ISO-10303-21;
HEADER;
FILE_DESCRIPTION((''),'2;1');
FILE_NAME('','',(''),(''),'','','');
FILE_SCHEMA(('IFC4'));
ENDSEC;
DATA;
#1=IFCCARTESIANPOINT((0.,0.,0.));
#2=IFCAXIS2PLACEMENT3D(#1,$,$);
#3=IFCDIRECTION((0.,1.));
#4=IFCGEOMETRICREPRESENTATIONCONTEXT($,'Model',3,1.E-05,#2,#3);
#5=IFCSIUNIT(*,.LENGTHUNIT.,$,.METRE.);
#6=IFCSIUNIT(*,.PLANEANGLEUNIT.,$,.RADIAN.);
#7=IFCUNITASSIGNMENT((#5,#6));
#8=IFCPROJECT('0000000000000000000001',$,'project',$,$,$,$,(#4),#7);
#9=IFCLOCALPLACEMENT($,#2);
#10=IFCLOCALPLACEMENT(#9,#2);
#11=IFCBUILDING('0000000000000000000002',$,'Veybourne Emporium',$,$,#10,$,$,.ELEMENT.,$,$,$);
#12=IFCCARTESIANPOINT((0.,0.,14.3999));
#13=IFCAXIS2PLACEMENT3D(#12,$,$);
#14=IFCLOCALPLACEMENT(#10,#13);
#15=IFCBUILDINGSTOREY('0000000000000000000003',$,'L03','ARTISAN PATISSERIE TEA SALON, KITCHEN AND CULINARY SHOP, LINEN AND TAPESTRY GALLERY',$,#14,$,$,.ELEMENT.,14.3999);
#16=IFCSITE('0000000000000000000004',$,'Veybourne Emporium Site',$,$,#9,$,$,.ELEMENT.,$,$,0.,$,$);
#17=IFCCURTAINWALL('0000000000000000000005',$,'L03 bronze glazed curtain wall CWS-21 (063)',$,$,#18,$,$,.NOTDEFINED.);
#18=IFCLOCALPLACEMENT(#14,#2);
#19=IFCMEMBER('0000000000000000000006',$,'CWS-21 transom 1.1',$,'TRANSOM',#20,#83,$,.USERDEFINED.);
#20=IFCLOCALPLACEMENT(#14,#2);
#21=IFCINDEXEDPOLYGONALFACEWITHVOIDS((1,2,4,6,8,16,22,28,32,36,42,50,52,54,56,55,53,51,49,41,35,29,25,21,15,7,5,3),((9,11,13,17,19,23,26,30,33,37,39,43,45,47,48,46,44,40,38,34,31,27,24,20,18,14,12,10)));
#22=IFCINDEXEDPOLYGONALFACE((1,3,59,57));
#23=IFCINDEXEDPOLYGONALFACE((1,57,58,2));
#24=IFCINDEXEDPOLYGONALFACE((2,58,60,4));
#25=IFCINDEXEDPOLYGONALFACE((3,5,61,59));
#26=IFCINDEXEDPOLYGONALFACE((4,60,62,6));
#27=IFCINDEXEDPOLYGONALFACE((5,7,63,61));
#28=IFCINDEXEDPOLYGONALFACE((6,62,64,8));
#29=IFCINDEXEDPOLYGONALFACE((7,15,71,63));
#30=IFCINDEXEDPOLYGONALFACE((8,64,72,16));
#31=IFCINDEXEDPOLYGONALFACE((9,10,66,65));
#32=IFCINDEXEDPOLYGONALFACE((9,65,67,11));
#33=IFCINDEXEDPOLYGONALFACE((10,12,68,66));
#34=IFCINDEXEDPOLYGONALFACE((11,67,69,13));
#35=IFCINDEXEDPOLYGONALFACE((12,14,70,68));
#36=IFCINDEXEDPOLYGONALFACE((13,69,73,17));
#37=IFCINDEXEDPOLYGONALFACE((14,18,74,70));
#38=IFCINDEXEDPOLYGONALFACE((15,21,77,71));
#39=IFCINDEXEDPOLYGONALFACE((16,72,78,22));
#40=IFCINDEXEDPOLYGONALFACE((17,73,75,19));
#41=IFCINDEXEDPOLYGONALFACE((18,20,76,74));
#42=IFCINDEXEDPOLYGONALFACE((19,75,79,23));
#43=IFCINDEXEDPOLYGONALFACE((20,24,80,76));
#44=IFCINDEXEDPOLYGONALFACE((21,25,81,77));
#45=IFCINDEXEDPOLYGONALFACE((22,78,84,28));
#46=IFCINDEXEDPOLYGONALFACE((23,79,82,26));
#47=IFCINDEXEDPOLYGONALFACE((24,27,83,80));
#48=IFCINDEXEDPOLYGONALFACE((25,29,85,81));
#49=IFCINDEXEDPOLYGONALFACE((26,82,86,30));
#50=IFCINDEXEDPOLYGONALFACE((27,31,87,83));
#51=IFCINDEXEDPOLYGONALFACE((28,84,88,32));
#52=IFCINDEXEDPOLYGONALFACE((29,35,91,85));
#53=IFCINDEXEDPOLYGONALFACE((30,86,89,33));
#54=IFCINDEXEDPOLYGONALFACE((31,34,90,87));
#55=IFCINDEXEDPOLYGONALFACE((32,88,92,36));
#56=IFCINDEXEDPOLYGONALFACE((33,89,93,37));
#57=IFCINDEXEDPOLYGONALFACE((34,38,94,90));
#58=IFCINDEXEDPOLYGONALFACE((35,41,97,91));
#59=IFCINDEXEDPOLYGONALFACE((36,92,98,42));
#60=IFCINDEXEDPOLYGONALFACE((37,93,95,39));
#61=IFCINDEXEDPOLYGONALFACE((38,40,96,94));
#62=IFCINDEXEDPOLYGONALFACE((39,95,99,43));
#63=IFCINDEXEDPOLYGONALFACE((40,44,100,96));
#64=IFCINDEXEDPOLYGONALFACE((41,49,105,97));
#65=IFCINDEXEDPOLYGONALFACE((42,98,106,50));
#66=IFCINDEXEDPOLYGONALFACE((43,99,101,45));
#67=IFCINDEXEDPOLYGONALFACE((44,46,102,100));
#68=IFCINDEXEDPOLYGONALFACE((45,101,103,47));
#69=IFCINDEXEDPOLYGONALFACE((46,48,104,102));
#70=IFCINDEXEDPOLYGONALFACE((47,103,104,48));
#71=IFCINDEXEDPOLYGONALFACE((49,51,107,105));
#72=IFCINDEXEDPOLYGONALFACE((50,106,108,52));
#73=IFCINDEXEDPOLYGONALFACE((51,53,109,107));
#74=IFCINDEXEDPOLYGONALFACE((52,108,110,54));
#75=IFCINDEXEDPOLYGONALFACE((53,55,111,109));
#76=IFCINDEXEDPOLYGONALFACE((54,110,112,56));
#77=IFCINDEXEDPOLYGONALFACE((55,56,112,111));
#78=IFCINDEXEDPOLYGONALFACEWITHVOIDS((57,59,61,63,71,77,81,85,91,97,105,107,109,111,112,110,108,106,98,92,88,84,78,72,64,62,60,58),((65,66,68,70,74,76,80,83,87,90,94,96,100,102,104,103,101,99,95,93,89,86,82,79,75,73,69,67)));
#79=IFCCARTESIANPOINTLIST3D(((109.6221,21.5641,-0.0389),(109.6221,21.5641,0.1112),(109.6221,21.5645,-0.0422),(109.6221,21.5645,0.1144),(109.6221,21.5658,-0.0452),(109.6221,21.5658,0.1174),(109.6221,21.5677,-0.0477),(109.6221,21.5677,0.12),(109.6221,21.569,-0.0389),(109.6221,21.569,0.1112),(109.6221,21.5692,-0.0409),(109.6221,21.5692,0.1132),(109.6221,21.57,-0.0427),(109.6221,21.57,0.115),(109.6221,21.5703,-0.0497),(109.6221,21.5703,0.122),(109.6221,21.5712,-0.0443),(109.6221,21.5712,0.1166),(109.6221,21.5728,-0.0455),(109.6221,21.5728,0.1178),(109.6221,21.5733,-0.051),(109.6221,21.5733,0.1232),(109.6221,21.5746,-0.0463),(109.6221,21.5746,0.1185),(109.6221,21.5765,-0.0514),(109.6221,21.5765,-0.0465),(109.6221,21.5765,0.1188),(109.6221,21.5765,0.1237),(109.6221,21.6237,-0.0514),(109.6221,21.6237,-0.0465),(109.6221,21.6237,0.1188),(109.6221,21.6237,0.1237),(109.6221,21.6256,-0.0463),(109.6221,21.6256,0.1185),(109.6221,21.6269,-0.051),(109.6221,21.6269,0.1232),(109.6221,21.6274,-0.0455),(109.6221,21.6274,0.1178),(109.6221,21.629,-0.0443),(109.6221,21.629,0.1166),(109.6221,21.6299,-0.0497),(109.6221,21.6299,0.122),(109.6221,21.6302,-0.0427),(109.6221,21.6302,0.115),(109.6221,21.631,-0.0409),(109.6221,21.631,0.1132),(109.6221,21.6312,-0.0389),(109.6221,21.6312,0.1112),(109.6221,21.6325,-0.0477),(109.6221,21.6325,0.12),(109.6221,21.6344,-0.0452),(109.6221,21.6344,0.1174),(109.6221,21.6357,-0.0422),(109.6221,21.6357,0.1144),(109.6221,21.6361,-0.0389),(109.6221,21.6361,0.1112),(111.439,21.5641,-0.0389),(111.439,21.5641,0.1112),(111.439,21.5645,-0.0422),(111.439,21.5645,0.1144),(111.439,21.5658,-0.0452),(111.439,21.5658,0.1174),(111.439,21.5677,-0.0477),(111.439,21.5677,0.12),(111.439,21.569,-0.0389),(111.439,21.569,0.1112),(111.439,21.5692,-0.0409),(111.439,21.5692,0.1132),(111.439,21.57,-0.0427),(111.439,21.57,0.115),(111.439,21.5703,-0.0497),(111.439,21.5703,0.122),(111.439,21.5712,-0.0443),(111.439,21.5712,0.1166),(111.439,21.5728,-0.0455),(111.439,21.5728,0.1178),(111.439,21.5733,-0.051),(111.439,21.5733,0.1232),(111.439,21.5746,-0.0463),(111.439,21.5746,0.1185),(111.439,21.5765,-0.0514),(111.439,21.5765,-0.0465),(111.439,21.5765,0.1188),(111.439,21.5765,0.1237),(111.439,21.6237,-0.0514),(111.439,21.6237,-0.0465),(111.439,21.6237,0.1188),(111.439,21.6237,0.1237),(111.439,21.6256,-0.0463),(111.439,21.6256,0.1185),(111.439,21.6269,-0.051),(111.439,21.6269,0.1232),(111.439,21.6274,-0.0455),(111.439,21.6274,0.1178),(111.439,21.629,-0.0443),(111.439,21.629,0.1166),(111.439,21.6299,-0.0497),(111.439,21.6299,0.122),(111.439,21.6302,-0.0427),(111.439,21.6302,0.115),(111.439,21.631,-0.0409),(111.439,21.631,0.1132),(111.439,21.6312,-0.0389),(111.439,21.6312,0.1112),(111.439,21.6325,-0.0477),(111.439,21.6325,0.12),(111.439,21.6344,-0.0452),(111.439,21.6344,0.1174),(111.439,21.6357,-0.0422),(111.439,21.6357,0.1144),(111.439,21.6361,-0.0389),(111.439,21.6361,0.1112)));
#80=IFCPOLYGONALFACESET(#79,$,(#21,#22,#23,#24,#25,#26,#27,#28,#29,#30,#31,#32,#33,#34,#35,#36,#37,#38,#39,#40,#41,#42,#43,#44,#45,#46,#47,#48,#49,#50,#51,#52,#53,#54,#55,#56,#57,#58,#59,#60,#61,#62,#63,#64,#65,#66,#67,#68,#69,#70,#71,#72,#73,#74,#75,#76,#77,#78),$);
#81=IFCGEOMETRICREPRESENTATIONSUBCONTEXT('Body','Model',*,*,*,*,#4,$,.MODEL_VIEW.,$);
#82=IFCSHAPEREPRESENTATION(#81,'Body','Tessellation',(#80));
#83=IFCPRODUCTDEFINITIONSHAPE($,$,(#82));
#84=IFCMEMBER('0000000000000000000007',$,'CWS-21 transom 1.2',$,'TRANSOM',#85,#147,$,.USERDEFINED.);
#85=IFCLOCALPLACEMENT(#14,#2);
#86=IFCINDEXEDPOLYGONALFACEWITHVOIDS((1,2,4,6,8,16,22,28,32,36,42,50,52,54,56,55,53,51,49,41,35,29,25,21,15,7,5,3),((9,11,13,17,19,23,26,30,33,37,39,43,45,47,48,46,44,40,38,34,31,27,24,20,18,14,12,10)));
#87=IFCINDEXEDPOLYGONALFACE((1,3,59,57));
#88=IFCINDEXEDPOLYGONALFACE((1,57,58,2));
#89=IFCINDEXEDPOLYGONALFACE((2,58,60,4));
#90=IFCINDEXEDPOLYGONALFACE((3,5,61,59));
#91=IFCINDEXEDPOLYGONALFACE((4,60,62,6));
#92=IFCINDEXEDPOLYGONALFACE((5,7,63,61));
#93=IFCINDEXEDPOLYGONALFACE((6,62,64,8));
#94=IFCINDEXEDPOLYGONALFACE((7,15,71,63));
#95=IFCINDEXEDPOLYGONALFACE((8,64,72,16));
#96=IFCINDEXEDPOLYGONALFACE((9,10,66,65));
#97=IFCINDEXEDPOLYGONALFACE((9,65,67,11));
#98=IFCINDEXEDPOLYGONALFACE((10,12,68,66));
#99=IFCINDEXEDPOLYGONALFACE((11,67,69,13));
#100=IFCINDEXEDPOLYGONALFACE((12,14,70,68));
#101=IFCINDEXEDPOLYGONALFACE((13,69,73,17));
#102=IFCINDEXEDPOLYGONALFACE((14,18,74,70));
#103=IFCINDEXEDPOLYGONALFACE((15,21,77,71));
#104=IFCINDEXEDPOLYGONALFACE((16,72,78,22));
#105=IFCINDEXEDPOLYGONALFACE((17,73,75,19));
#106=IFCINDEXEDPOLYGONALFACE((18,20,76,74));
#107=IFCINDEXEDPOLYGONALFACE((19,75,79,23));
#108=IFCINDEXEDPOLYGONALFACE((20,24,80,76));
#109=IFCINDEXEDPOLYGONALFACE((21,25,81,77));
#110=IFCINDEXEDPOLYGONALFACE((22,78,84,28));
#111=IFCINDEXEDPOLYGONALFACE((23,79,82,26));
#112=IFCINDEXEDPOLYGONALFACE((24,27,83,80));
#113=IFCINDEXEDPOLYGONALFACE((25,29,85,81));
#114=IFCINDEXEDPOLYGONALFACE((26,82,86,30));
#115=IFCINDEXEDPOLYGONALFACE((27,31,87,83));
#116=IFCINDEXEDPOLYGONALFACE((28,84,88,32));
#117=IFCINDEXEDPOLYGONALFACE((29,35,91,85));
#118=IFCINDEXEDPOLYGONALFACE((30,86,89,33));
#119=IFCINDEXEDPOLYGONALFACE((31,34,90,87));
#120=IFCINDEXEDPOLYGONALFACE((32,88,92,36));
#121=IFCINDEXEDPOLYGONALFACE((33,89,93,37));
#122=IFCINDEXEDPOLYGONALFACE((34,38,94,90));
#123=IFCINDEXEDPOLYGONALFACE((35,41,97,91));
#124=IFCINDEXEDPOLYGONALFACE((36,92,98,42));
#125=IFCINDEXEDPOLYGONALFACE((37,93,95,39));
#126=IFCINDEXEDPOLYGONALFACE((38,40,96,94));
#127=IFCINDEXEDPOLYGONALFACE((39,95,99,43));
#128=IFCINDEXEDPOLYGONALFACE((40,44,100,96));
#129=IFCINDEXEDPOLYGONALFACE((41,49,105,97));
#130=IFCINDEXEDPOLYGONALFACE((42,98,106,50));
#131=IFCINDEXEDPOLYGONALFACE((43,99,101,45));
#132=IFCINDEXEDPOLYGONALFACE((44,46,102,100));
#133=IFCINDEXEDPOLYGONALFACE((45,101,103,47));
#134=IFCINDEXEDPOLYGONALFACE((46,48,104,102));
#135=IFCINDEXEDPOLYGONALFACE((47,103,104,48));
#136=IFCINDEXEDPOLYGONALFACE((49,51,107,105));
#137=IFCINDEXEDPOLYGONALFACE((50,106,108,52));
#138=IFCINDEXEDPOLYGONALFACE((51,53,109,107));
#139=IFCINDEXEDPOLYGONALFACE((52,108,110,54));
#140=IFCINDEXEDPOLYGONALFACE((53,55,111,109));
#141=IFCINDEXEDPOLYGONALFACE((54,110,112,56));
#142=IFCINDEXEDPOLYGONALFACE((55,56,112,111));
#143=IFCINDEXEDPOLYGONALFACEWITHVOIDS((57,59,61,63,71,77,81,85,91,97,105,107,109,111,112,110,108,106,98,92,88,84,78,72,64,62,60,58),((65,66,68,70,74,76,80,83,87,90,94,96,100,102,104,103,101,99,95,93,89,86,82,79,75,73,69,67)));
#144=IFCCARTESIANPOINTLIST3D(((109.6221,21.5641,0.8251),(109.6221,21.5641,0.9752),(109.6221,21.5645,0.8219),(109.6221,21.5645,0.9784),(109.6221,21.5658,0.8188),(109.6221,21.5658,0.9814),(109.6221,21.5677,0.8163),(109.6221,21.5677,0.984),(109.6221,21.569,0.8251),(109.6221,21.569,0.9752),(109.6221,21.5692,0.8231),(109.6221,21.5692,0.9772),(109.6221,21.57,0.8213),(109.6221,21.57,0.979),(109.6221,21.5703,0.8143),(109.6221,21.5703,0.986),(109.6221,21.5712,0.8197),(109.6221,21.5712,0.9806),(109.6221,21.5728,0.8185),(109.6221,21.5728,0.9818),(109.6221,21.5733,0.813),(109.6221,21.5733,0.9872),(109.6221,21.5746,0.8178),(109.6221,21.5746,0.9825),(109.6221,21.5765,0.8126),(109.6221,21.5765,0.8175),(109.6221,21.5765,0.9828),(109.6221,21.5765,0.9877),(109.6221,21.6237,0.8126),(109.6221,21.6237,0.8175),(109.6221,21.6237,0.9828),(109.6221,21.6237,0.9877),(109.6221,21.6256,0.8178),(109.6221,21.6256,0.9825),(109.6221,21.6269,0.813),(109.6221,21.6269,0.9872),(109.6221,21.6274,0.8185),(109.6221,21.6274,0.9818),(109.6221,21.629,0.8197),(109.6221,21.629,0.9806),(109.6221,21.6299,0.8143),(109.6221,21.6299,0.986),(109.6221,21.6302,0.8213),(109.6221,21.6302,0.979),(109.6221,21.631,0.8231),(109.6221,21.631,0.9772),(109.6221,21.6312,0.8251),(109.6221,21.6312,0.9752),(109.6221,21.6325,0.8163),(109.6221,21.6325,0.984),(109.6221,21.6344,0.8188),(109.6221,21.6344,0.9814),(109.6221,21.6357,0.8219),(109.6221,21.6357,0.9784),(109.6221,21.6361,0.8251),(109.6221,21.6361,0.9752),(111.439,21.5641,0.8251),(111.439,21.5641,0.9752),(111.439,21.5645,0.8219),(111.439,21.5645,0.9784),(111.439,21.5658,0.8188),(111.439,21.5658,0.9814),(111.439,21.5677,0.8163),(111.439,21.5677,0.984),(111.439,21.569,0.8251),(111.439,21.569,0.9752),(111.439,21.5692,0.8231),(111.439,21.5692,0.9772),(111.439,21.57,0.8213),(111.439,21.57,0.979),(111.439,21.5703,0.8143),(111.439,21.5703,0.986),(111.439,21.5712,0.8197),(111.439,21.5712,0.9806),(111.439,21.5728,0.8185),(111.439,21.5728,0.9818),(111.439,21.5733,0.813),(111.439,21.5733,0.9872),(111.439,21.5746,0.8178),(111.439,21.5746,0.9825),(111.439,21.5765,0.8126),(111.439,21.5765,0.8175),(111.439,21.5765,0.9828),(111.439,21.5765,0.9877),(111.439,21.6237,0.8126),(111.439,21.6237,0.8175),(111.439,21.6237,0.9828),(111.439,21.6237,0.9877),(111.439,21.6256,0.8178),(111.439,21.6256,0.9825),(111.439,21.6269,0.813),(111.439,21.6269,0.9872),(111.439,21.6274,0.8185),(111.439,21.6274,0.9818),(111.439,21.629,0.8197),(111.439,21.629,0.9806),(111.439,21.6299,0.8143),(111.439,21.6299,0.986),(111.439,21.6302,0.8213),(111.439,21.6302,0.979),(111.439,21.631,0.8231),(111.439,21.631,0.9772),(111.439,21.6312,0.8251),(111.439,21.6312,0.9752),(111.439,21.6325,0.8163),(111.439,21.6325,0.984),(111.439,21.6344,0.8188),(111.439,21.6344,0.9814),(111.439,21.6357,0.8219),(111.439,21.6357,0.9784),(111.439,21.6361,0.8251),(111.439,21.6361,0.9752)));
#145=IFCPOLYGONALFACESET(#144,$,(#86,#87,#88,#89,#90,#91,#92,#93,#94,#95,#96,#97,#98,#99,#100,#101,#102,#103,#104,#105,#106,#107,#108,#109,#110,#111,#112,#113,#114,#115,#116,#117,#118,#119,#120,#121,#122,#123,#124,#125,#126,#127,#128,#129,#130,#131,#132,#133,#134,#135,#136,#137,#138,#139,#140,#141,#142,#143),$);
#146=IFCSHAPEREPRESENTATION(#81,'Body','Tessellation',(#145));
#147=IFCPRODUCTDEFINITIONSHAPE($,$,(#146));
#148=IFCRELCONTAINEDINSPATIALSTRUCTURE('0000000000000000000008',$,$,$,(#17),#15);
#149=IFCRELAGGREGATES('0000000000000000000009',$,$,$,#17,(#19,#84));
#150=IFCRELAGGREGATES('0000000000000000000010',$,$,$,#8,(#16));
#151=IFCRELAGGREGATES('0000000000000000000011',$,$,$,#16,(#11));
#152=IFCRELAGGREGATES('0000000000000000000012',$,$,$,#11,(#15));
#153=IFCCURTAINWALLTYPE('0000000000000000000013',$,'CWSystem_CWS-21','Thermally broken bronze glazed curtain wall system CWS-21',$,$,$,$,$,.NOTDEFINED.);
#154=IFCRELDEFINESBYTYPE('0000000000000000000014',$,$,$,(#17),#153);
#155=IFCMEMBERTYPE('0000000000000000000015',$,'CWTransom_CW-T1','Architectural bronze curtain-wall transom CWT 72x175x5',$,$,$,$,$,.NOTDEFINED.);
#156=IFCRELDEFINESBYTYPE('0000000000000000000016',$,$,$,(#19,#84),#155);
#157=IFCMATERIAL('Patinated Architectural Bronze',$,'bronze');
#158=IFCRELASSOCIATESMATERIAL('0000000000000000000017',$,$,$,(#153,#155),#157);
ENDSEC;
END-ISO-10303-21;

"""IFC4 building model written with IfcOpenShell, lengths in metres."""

from ifc_helpers import new_model, si_unit, direction, frame, origin, origin_2d, place, context, subcontext, project, spatial, hollow_rectangle, extrude, material, material_profile, profile_set, type_object, element, aggregate, save


model = new_model("IFC4")

# Units and contexts
model_context = context("Model", 3, precision=1e-05, world=origin(), true_north=direction((0.0, 1.0)))
body_context = subcontext(model_context, "Body", "Model", "MODEL_VIEW")
ifc_project = project(units=[si_unit("LENGTHUNIT", "METRE"), si_unit("PLANEANGLEUNIT", "RADIAN")], contexts=[model_context])

# Site, building, storey
site_placement = place(None, origin())
site = spatial("IfcSite", under=ifc_project, at=site_placement, Name="Veybourne Emporium Site", CompositionType="ELEMENT", RefElevation=0.0)
building_placement = place(site_placement, origin())
building = spatial("IfcBuilding", under=site, at=building_placement, Name="Veybourne Emporium", CompositionType="ELEMENT")
storey_placement = place(building_placement, frame((0.0, 0.0, 14.3999)))
storey = spatial("IfcBuildingStorey", under=building, at=storey_placement, Name="L03", Description="ARTISAN PATISSERIE TEA SALON, KITCHEN AND CULINARY SHOP, LINEN AND TAPESTRY GALLERY", CompositionType="ELEMENT", Elevation=14.3999)

# Curtain wall, members
ifc_material_1 = material(Name="Patinated Architectural Bronze", Category="bronze")
curtain_wall_type = type_object("IfcCurtainWallType", Name="CWSystem_CWS-21", Description="Thermally broken bronze glazed curtain wall system CWS-21", PredefinedType="NOTDEFINED", material=ifc_material_1)
curtain_wall_placement = place(storey_placement, origin())
curtain_wall = element("IfcCurtainWall", 1, at=curtain_wall_placement, inside=storey, type_object=curtain_wall_type, Name="L03 bronze glazed curtain wall CWS-21 (063)", PredefinedType="NOTDEFINED")
ifc_material_profile_1 = material_profile(ifc_material_1, hollow_rectangle(XDim=0.072, YDim=0.175, WallThickness=0.0049, InnerFilletRadius=0.0076, OuterFilletRadius=0.0125, at=origin_2d()), Name="CWT 72x175x5")
ifc_profile_set_1 = profile_set([ifc_material_profile_1], Name="Patinated Architectural Bronze")
member_type_1 = type_object("IfcMemberType", Name="CWTransom_CW-T1", Description="Architectural bronze curtain-wall transom CWT 72x175x5", PredefinedType="NOTDEFINED", material=ifc_profile_set_1)
member_1_placement = place(storey_placement, frame((109.6221, 21.6001, 0.0361), z_axis=(1.0, 0.0, 0.0), x_axis=(0.0, 1.0, 0.0)))
member_1 = element("IfcMember", 2, at=member_1_placement, type_object=member_type_1, Name="CWS-21 transom 1.1", ObjectType="TRANSOM", PredefinedType="USERDEFINED", context=body_context, shape_type="SweptSolid", body=[
    extrude(hollow_rectangle(XDim=0.072, YDim=0.175, WallThickness=0.0049, InnerFilletRadius=0.0076, OuterFilletRadius=0.0125, at=origin_2d()), origin(), (0.0, 0.0, 1.0), 1.8169),
])
member_2_placement = place(storey_placement, frame((109.6221, 21.6001, 0.9001), z_axis=(1.0, 0.0, 0.0), x_axis=(0.0, 1.0, 0.0)))
member_2 = element("IfcMember", 3, at=member_2_placement, type_object=member_type_1, Name="CWS-21 transom 1.2", ObjectType="TRANSOM", PredefinedType="USERDEFINED", context=body_context, shape_type="SweptSolid", body=[
    extrude(hollow_rectangle(XDim=0.072, YDim=0.175, WallThickness=0.0049, InnerFilletRadius=0.0076, OuterFilletRadius=0.0125, at=origin_2d()), origin(), (0.0, 0.0, 1.0), 1.8169),
])
aggregate(curtain_wall, [member_1, member_2])

save(model, "model.ifc")
